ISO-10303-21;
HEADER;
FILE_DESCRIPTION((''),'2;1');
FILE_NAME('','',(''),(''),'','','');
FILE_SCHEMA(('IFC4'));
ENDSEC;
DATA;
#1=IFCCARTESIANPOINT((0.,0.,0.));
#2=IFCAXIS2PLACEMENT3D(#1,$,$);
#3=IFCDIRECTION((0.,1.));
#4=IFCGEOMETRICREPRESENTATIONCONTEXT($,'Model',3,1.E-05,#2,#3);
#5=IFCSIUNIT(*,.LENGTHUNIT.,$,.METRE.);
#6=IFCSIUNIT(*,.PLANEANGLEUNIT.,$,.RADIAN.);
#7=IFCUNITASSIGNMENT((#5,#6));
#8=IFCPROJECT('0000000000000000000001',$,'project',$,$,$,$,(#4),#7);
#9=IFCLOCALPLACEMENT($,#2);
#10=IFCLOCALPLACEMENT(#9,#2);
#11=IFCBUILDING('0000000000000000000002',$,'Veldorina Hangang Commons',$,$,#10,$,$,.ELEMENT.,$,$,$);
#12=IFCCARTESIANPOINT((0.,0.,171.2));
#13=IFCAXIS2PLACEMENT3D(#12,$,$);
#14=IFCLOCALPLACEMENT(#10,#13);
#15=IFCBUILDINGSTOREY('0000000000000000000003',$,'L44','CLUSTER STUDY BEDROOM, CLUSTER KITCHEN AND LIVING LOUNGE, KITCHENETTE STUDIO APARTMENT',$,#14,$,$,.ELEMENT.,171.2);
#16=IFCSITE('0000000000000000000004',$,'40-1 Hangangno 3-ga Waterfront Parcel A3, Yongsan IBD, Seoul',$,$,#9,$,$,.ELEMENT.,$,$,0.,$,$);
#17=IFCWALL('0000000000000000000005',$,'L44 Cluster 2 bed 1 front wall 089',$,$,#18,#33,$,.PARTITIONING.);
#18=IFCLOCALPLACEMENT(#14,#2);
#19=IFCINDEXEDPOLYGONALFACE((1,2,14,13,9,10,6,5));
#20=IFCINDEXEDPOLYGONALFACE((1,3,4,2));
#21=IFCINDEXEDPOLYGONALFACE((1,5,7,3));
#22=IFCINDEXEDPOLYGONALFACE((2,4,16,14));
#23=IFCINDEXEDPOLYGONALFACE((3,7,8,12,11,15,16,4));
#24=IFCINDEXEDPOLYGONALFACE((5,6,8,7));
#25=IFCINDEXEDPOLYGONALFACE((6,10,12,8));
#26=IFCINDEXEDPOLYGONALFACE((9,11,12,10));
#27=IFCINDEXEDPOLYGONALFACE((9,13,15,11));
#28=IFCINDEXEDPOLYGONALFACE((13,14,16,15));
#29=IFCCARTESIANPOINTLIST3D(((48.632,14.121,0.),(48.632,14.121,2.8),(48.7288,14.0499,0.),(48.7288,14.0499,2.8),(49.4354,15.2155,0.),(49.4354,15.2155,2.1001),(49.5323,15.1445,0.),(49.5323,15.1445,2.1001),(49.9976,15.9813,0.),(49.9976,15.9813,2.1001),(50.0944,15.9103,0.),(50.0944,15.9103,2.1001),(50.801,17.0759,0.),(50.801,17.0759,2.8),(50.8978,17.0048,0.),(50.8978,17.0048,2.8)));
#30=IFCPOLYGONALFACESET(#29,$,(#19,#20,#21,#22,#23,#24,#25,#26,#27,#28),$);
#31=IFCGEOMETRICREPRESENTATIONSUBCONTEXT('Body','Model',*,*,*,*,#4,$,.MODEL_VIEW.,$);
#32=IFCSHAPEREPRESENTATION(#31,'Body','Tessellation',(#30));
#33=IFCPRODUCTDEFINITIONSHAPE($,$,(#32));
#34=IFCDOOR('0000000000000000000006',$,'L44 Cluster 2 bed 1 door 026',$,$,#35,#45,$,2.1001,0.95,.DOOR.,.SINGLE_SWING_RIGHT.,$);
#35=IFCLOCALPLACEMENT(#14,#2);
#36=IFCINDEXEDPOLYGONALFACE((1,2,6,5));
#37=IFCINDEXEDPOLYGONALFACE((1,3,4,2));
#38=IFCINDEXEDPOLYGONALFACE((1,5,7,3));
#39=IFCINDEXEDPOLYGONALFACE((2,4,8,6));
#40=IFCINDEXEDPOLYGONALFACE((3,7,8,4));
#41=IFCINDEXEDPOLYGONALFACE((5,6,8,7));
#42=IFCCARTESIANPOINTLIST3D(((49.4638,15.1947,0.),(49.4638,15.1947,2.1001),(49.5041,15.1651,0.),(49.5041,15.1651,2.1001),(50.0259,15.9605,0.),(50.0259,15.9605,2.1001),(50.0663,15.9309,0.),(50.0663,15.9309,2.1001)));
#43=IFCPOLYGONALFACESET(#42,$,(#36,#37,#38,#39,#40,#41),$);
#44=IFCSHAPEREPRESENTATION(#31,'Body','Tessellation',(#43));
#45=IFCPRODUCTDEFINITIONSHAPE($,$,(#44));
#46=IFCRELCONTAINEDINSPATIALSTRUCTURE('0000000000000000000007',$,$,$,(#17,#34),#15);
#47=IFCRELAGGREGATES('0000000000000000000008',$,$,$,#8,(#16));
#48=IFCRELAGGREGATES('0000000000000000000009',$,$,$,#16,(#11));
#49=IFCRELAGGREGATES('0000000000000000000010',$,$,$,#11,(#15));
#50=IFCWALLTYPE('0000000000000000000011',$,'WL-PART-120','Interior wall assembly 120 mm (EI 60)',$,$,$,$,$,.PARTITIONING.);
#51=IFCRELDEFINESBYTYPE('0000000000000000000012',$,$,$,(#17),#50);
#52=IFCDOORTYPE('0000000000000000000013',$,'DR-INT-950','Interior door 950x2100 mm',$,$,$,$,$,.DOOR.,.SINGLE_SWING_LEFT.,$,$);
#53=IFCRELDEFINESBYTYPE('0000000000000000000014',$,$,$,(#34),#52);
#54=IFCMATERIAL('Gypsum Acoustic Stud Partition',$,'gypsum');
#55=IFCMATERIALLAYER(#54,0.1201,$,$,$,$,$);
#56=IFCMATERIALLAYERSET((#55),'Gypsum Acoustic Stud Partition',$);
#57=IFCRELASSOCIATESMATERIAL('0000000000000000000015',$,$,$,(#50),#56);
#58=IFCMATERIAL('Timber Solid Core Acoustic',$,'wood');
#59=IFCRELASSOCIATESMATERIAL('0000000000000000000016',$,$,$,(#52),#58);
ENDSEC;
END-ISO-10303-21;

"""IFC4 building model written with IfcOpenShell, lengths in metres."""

from ifc_helpers import new_model, si_unit, direction, frame, frame_2d, origin, place, context, subcontext, project, spatial, rectangle, extrude, material, layer, layer_set, type_object, element, fill, save


model = new_model("IFC4")

# Units and contexts
model_context = context("Model", 3, precision=1e-05, world=origin(), true_north=direction((0.0, 1.0)))
body_context = subcontext(model_context, "Body", "Model", "MODEL_VIEW")
ifc_project = project(units=[si_unit("LENGTHUNIT", "METRE"), si_unit("PLANEANGLEUNIT", "RADIAN")], contexts=[model_context])

# Site, building, storey
site_placement = place(None, origin())
site = spatial("IfcSite", under=ifc_project, at=site_placement, Name="40-1 Hangangno 3-ga Waterfront Parcel A3, Yongsan IBD, Seoul", CompositionType="ELEMENT", RefElevation=0.0)
building_placement = place(site_placement, origin())
building = spatial("IfcBuilding", under=site, at=building_placement, Name="Veldorina Hangang Commons", CompositionType="ELEMENT")
storey_placement = place(building_placement, frame((0.0, 0.0, 171.2)))
storey = spatial("IfcBuildingStorey", under=building, at=storey_placement, Name="L44", Description="CLUSTER STUDY BEDROOM, CLUSTER KITCHEN AND LIVING LOUNGE, KITCHENETTE STUDIO APARTMENT", CompositionType="ELEMENT", Elevation=171.2)

# Shared definitions
ifc_material_1 = material(Name="Gypsum Acoustic Stud Partition", Category="gypsum")
ifc_layer_1 = layer(ifc_material_1, 0.1201)
ifc_layer_set_1 = layer_set([ifc_layer_1], Name="Gypsum Acoustic Stud Partition")
wall_type_1 = type_object("IfcWallType", Name="WL-PART-120", Description="Interior wall assembly 120 mm (EI 60)", PredefinedType="PARTITIONING", material=ifc_layer_set_1)

# Wall, opening, door
wall_1_placement = place(storey_placement, frame((48.6804, 14.0854, 0.0), z_axis=(0.0, 0.0, 1.0), x_axis=(0.59173, 0.806136, 0.0)))
wall_1 = element("IfcWall", 1, at=wall_1_placement, inside=storey, type_object=wall_type_1, Name="L44 Cluster 2 bed 1 front wall 089", PredefinedType="PARTITIONING", context=body_context, shape_type="SweptSolid", body=[
    extrude(rectangle(XDim=3.6655, YDim=0.1201, at=frame_2d((1.8328, 0.0))), origin(), (0.0, 0.0, 1.0), 2.8),
])
opening_1_placement = place(wall_1_placement, frame((1.3577, 0.0, 0.0)))
opening_1 = element("IfcOpeningElement", 2, at=opening_1_placement, cuts=wall_1, PredefinedType="OPENING", context=body_context, shape_type="SweptSolid", body=[
    extrude(rectangle(XDim=0.95, YDim=2.1001, at=frame_2d((0.4751, 1.05))), frame((0.0, 0.0701, 0.0), z_axis=(0.0, -1.0, 0.0), x_axis=(1.0, 0.0, 0.0)), (0.0, 0.0, 1.0), 0.1401),
])
ifc_material_2 = material(Name="Timber Solid Core Acoustic", Category="wood")
door_type_1 = type_object("IfcDoorType", Name="DR-INT-950", Description="Interior door 950x2100 mm", OperationType="SINGLE_SWING_LEFT", PredefinedType="DOOR", material=ifc_material_2)
door_1_placement = place(opening_1_placement, origin())
door_1 = element("IfcDoor", 3, at=door_1_placement, inside=storey, type_object=door_type_1, Name="L44 Cluster 2 bed 1 door 026", OperationType="SINGLE_SWING_RIGHT", OverallHeight=2.1001, OverallWidth=0.95, PredefinedType="DOOR", context=body_context, shape_type="SweptSolid", body=[
    extrude(rectangle(XDim=0.95, YDim=2.1001, at=frame_2d((0.4751, 1.05))), frame((0.0, 0.0249, 0.0), z_axis=(0.0, -1.0, 0.0), x_axis=(1.0, 0.0, 0.0)), (0.0, 0.0, 1.0), 0.05),
])
fill(opening_1, door_1)

save(model, "model.ifc")
